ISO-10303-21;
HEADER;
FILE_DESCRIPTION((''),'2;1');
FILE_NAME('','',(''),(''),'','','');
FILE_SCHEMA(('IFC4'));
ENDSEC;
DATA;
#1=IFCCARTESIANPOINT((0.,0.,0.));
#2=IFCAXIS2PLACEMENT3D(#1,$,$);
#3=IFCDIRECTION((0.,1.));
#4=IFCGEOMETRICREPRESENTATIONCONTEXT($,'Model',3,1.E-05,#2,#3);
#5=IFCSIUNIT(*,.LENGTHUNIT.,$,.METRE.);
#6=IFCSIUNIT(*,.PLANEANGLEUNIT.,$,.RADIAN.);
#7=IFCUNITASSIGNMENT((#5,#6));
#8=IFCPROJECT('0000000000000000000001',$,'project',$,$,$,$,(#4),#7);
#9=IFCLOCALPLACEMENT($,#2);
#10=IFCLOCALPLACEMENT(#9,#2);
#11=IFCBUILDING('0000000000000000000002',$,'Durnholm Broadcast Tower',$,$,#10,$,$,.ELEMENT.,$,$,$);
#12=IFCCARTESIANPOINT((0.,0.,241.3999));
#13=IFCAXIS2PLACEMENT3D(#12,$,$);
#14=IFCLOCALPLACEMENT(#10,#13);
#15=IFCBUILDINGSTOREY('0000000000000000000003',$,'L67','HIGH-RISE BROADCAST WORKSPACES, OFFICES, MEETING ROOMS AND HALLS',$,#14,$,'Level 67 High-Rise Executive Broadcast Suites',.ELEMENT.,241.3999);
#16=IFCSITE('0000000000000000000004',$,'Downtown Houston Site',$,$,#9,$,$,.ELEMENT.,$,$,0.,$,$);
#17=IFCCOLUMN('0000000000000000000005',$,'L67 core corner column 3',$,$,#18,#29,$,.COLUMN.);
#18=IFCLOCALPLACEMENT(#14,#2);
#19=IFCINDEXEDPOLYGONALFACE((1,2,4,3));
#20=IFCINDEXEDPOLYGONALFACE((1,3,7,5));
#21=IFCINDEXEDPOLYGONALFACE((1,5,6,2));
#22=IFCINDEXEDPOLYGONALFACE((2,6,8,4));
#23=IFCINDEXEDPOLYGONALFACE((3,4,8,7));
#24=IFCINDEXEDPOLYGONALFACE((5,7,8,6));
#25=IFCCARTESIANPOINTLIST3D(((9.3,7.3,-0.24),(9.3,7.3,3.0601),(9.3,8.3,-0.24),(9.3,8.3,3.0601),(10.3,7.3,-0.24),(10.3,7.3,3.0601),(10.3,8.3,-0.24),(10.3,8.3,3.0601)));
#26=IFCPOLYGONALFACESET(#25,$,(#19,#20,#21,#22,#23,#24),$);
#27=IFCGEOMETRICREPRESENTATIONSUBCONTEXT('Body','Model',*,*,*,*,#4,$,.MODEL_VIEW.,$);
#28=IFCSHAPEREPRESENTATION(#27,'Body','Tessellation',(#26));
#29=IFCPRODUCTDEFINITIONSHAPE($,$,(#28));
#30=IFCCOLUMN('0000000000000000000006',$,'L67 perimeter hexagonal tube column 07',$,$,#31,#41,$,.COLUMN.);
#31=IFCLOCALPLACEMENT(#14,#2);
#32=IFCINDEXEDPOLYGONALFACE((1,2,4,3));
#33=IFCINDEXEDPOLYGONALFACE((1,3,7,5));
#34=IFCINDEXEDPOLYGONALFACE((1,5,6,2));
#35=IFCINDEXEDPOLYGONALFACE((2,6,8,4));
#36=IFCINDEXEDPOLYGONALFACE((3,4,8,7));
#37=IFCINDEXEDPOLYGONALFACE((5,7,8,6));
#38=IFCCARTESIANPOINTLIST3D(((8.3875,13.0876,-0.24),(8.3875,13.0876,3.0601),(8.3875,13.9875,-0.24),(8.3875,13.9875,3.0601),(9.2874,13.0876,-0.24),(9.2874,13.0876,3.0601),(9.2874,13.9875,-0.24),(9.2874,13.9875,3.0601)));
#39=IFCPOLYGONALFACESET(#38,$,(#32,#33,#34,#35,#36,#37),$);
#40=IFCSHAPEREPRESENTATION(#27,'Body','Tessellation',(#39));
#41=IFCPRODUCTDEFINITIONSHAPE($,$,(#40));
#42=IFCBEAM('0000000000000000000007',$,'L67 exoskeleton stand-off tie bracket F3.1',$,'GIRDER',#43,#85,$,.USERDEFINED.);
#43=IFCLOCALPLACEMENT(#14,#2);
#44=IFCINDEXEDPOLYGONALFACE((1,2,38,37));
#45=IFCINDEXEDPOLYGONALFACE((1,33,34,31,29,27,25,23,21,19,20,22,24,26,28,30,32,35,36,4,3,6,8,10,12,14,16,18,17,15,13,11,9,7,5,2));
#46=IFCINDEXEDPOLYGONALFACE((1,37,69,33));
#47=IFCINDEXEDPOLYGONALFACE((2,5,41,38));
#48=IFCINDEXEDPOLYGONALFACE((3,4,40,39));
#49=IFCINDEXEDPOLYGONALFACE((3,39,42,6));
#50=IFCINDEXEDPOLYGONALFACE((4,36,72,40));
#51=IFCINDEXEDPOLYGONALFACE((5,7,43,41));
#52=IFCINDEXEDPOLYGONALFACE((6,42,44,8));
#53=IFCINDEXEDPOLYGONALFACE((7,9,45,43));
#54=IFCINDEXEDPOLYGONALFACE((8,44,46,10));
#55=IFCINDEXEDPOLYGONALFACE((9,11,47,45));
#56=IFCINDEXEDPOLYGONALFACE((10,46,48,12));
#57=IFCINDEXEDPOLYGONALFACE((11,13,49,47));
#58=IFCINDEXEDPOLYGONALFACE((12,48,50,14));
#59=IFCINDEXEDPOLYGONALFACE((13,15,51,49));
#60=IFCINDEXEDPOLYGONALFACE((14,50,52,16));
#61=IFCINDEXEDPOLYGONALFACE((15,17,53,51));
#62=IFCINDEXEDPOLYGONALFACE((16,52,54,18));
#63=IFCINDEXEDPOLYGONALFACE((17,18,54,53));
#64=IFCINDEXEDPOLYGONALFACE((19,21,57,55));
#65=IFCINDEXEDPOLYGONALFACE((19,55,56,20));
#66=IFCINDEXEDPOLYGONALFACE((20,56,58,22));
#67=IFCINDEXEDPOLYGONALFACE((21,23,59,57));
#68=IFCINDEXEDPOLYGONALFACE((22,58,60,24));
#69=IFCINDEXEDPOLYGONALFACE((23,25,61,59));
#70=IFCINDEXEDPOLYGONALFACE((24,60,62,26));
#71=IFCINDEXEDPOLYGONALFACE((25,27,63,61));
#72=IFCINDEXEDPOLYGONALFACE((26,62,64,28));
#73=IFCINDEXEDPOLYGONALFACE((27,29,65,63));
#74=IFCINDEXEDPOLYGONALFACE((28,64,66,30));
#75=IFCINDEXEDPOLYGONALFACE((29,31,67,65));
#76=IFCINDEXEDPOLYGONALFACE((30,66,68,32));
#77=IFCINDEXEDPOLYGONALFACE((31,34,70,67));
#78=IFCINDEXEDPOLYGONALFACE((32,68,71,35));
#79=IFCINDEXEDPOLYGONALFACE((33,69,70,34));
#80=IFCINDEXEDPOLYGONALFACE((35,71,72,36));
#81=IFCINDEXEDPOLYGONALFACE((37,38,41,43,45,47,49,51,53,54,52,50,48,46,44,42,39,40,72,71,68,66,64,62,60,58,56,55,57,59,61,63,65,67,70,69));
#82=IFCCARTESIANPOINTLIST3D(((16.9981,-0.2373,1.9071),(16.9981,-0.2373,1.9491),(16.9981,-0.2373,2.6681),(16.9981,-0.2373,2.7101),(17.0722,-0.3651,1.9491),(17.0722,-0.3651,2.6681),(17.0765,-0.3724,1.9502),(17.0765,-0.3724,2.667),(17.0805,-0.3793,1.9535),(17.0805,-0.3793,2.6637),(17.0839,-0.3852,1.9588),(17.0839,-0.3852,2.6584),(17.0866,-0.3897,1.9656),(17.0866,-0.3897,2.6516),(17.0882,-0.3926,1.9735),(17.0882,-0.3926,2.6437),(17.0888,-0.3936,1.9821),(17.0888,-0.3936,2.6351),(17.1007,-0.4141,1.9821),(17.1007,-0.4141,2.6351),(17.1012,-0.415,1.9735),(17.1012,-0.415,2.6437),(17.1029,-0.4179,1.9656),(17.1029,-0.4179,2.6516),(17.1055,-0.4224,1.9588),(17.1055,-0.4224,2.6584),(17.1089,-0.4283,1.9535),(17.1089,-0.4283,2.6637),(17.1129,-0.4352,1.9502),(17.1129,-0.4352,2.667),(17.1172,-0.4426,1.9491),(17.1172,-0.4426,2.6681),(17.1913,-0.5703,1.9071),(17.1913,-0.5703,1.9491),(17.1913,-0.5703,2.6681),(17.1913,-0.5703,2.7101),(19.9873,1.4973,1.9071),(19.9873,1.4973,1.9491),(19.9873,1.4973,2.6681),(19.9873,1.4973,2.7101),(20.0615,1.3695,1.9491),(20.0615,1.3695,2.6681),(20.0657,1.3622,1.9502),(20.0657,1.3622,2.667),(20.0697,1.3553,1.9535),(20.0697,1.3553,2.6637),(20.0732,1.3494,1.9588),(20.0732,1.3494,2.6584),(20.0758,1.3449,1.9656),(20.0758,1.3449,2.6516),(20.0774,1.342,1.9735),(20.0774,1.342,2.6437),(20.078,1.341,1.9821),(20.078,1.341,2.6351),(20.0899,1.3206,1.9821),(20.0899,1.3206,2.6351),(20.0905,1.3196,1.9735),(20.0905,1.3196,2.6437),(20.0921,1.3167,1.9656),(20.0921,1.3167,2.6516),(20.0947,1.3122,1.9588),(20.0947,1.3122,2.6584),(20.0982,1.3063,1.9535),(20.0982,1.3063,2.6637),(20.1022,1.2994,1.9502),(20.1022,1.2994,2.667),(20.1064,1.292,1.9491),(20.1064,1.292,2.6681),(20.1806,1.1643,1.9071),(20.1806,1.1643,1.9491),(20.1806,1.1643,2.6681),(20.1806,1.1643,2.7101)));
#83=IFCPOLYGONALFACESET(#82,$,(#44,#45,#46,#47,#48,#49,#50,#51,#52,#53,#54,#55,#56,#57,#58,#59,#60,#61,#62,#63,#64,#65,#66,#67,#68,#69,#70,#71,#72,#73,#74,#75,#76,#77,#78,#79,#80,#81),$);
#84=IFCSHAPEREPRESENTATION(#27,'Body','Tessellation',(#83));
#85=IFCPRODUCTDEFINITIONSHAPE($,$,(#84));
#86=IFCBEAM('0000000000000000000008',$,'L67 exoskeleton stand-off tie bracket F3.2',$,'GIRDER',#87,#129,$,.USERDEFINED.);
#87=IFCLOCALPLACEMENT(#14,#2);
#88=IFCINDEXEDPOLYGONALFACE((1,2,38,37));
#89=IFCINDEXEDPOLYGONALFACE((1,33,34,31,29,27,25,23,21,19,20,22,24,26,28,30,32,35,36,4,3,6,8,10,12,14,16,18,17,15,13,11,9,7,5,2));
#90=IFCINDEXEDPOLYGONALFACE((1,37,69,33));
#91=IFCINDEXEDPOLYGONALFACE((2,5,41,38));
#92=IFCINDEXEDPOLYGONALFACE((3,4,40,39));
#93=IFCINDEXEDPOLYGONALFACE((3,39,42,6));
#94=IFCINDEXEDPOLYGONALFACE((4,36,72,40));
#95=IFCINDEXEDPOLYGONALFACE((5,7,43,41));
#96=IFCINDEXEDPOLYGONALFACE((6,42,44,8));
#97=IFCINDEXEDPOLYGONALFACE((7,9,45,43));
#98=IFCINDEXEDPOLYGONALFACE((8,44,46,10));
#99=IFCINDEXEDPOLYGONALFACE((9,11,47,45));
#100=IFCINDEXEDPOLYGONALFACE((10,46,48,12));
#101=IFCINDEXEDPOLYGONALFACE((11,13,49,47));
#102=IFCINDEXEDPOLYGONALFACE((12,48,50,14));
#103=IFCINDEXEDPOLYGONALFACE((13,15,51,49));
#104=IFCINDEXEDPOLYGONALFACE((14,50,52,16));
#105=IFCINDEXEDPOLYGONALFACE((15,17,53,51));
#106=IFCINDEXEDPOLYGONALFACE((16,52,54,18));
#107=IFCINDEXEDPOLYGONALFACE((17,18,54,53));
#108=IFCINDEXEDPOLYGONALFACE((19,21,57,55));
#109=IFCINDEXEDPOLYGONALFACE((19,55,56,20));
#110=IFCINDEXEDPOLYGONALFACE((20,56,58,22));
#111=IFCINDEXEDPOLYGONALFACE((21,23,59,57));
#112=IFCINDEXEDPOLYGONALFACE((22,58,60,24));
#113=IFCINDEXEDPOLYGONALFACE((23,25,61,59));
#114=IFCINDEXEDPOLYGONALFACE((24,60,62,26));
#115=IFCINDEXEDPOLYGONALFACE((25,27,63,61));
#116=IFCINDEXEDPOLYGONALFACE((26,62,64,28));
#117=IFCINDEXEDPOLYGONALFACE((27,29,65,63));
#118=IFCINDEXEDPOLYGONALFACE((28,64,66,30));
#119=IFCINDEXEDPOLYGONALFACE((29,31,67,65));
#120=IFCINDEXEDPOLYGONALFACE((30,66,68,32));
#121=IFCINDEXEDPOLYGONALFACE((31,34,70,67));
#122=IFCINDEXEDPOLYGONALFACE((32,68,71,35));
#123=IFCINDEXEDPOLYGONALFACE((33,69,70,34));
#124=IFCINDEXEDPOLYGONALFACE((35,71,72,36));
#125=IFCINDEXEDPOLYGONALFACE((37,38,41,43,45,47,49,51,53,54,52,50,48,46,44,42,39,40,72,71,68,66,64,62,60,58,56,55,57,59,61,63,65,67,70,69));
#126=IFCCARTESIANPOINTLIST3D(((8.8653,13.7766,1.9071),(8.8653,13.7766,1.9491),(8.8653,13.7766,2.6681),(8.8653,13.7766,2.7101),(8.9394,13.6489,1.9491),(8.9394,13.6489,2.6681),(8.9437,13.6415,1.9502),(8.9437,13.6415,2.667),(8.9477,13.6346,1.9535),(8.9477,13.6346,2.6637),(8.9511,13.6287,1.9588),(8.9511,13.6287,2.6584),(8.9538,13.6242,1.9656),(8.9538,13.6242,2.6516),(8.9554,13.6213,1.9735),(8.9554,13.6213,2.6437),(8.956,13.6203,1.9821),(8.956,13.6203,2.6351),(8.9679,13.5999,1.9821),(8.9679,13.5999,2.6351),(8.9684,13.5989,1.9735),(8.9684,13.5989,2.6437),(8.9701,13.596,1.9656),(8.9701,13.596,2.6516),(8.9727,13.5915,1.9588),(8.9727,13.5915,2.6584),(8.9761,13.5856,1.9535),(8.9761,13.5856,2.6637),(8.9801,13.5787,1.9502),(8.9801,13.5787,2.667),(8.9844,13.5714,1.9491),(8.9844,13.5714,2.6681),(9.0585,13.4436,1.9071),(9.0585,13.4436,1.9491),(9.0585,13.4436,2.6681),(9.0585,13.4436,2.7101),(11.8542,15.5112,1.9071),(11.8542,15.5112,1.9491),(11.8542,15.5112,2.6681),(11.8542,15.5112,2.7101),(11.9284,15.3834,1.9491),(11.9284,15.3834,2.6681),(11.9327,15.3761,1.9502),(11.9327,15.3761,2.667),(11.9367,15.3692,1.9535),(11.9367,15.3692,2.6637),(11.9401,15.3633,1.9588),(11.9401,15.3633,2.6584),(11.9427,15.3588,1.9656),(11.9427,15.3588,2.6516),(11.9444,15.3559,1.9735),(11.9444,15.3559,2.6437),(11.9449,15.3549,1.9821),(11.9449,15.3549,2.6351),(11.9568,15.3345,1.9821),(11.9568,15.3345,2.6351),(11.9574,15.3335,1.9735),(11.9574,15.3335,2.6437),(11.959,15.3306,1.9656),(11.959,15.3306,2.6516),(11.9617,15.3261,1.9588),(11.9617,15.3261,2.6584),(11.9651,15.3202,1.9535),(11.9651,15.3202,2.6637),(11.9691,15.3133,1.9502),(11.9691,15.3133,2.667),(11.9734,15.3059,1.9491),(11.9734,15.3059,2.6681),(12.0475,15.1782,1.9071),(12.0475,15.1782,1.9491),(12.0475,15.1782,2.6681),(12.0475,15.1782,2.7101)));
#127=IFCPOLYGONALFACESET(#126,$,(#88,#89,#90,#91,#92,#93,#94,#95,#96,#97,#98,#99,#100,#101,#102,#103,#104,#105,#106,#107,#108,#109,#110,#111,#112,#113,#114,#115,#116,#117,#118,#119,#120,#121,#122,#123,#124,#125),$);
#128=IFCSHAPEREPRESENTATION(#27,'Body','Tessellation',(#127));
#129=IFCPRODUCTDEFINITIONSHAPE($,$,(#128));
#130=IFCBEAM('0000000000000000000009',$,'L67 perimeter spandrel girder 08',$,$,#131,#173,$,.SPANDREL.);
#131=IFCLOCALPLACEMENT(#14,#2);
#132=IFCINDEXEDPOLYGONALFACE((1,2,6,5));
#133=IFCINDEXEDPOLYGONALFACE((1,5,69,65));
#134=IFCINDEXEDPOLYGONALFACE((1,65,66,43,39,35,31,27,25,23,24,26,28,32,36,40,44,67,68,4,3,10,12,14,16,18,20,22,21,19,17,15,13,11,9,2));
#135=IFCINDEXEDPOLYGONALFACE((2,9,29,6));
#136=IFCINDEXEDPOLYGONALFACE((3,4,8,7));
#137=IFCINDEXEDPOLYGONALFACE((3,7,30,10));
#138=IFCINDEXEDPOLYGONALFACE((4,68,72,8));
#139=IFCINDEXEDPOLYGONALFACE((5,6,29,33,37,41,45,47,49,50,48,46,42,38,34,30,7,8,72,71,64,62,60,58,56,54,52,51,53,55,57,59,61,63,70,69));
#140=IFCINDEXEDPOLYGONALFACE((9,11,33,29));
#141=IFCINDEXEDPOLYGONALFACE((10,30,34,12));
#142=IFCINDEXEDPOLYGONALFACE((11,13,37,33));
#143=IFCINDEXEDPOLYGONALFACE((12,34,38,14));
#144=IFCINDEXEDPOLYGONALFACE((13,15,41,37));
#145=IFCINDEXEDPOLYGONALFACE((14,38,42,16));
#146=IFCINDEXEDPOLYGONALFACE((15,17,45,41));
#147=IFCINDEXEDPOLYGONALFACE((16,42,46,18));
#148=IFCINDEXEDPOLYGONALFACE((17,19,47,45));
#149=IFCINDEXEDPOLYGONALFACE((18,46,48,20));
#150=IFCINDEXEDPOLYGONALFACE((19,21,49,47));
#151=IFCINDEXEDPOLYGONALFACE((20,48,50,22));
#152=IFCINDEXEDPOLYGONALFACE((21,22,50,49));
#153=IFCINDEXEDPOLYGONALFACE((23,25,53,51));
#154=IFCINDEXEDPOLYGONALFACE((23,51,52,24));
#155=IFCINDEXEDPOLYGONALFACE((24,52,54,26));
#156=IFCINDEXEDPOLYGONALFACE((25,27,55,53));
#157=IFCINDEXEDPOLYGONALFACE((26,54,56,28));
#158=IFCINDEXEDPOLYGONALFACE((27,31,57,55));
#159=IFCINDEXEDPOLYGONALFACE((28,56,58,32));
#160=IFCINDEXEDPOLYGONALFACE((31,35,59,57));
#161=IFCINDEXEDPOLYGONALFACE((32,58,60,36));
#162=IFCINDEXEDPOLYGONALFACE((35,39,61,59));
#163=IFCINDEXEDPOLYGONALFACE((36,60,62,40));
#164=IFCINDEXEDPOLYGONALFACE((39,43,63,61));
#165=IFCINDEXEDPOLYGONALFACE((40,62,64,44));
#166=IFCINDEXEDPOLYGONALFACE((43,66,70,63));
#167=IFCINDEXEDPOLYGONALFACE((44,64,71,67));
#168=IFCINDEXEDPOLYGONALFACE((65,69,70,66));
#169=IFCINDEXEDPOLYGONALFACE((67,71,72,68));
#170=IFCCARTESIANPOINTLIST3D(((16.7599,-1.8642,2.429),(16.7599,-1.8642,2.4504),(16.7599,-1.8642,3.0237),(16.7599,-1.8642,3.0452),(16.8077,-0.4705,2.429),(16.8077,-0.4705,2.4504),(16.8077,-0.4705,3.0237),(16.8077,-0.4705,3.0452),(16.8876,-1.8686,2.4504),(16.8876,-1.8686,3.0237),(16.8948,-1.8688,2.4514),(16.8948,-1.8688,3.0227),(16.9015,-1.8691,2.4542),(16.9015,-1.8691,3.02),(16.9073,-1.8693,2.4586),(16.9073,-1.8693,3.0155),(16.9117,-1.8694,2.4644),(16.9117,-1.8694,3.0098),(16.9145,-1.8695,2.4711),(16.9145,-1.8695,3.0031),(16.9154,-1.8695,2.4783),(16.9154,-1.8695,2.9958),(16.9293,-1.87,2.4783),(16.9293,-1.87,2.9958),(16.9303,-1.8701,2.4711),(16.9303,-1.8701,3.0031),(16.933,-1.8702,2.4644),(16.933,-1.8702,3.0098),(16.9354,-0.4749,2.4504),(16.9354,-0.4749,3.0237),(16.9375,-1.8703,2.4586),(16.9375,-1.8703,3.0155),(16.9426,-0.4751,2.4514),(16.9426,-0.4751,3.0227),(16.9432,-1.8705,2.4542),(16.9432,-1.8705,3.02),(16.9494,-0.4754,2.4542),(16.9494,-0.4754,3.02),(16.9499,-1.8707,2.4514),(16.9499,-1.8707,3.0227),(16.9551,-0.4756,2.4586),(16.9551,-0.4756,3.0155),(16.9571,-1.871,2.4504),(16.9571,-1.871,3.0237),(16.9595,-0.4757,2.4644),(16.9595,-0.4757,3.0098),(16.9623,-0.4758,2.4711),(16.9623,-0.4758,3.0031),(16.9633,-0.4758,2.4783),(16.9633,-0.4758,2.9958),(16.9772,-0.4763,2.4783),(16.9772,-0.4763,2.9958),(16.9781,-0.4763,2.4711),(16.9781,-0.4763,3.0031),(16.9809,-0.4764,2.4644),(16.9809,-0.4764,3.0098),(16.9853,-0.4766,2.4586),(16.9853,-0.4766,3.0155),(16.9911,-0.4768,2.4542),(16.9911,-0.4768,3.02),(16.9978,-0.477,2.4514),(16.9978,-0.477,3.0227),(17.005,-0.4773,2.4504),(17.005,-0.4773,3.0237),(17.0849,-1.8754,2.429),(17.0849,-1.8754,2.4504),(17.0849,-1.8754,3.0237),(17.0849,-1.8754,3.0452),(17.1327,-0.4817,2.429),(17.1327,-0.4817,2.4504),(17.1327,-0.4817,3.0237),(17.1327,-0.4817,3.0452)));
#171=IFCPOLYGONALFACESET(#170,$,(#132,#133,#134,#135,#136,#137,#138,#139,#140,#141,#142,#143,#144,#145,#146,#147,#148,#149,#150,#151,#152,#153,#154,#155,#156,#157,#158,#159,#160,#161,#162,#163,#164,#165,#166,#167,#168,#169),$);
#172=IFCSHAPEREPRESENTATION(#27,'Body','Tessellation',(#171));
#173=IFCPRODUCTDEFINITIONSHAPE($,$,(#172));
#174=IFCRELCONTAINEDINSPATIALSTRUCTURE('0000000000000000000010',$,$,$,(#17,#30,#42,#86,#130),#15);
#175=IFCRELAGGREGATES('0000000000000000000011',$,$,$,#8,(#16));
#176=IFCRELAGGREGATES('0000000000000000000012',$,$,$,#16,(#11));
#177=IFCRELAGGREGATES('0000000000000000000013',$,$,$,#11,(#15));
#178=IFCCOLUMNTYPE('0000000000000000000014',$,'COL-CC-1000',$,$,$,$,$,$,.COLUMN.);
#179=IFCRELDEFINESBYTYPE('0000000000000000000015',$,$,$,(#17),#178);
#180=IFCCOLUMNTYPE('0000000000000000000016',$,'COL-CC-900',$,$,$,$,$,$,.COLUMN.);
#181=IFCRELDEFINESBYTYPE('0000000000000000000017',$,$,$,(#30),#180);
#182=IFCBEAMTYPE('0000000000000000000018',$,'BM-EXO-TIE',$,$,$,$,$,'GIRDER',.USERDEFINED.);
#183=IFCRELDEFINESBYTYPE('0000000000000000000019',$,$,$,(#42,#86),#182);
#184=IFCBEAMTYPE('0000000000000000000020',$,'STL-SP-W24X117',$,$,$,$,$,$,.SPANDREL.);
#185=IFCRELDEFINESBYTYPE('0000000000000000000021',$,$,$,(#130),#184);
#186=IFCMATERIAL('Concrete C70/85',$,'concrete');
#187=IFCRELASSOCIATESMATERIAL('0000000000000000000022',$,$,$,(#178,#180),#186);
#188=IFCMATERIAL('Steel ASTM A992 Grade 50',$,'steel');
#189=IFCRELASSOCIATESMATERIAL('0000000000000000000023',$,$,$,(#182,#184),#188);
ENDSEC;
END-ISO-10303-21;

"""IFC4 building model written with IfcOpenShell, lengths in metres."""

from ifc_helpers import new_model, si_unit, direction, frame, origin, origin_2d, place, context, subcontext, project, spatial, rectangle, i_section, extrude, source, transform, mapped, material, material_profile, profile_set, type_object, type_shapes, element, save


model = new_model("IFC4")

# Units and contexts
model_context = context("Model", 3, precision=1e-05, world=origin(), true_north=direction((0.0, 1.0)))
body_context = subcontext(model_context, "Body", "Model", "MODEL_VIEW")
ifc_project = project(units=[si_unit("LENGTHUNIT", "METRE"), si_unit("PLANEANGLEUNIT", "RADIAN")], contexts=[model_context])

# Site, building, storey
site_placement = place(None, origin())
site = spatial("IfcSite", under=ifc_project, at=site_placement, Name="Downtown Houston Site", CompositionType="ELEMENT", RefElevation=0.0)
building_placement = place(site_placement, origin())
building = spatial("IfcBuilding", under=site, at=building_placement, Name="Durnholm Broadcast Tower", CompositionType="ELEMENT")
storey_placement = place(building_placement, frame((0.0, 0.0, 241.3999)))
storey = spatial("IfcBuildingStorey", under=building, at=storey_placement, Name="L67", Description="HIGH-RISE BROADCAST WORKSPACES, OFFICES, MEETING ROOMS AND HALLS", LongName="Level 67 High-Rise Executive Broadcast Suites", CompositionType="ELEMENT", Elevation=241.3999)

# Columns
ifc_material_1 = material(Name="Concrete C70/85", Category="concrete")
ifc_material_profile_1 = material_profile(ifc_material_1, rectangle(XDim=1.0, YDim=1.0, at=origin_2d()), Name="RC1000X1000")
ifc_profile_set_1 = profile_set([ifc_material_profile_1], Name="Concrete C70/85")
column_type_1 = type_object("IfcColumnType", Name="COL-CC-1000", PredefinedType="COLUMN", material=ifc_profile_set_1)
shared_shape_1 = source(origin(), body_context, "Body", "SweptSolid", [
    extrude(rectangle(XDim=1.0, YDim=1.0, at=origin_2d()), origin(), (0.0, 0.0, 1.0), 3.3),
])
type_shapes(column_type_1, [shared_shape_1])
column_1_placement = place(storey_placement, frame((9.8, 7.8, -0.24), z_axis=(0.0, 0.0, 1.0), x_axis=(1.0, 0.0, 0.0)))
element("IfcColumn", 1, at=column_1_placement, inside=storey, type_object=column_type_1, Name="L67 core corner column 3", PredefinedType="COLUMN", context=body_context, shape_type="MappedRepresentation", body=[
    mapped(shared_shape_1, transform((0.0, 0.0, 0.0), x_axis=(1.0, 0.0, 0.0), y_axis=(0.0, 1.0, 0.0), z_axis=(0.0, 0.0, 1.0), scale=1.0)),
])
ifc_material_profile_2 = material_profile(ifc_material_1, rectangle(XDim=0.8999, YDim=0.8999, at=origin_2d()), Name="RC900X900")
ifc_profile_set_2 = profile_set([ifc_material_profile_2], Name="Concrete C70/85")
column_type_2 = type_object("IfcColumnType", Name="COL-CC-900", PredefinedType="COLUMN", material=ifc_profile_set_2)
shared_shape_2 = source(origin(), body_context, "Body", "SweptSolid", [
    extrude(rectangle(XDim=0.8999, YDim=0.8999, at=origin_2d()), origin(), (0.0, 0.0, 1.0), 3.3),
])
type_shapes(column_type_2, [shared_shape_2])
column_2_placement = place(storey_placement, frame((8.8374, 13.5376, -0.24), z_axis=(0.0, 0.0, 1.0), x_axis=(1.0, 0.0, 0.0)))
element("IfcColumn", 2, at=column_2_placement, inside=storey, type_object=column_type_2, Name="L67 perimeter hexagonal tube column 07", PredefinedType="COLUMN", context=body_context, shape_type="MappedRepresentation", body=[
    mapped(shared_shape_2, transform((0.0, 0.0, 0.0), x_axis=(1.0, 0.0, 0.0), y_axis=(0.0, 1.0, 0.0), z_axis=(0.0, 0.0, 1.0), scale=1.0)),
])

# Beams
ifc_material_2 = material(Name="Steel ASTM A992 Grade 50", Category="steel")
ifc_material_profile_3 = material_profile(ifc_material_2, i_section(OverallWidth=0.385, OverallDepth=0.803, WebThickness=0.0237, FlangeThickness=0.042, FilletRadius=0.033, at=origin_2d()), Name="W30X261")
ifc_profile_set_3 = profile_set([ifc_material_profile_3], Name="Steel ASTM A992 Grade 50")
beam_type_1 = type_object("IfcBeamType", Name="BM-EXO-TIE", ElementType="GIRDER", PredefinedType="USERDEFINED", material=ifc_profile_set_3)
shared_shape_3 = source(origin(), body_context, "Body", "SweptSolid", [
    extrude(i_section(OverallWidth=0.385, OverallDepth=0.803, WebThickness=0.0237, FlangeThickness=0.042, FilletRadius=0.033, at=origin_2d()), origin(), (0.0, 0.0, 1.0), 3.4561),
])
beam_1_placement = place(storey_placement, frame((17.0947, -0.4038, 2.3086), z_axis=(0.864924, 0.501902, 0.0), x_axis=(-0.501902, 0.864924, 0.0)))
element("IfcBeam", 3, at=beam_1_placement, inside=storey, type_object=beam_type_1, Name="L67 exoskeleton stand-off tie bracket F3.1", ObjectType="GIRDER", PredefinedType="USERDEFINED", context=body_context, shape_type="MappedRepresentation", body=[
    mapped(shared_shape_3, transform((0.0, 0.0, 0.0), x_axis=(1.0, 0.0, 0.0), y_axis=(0.0, 1.0, 0.0), z_axis=(0.0, 0.0, 1.0), scale=1.0)),
])
shared_shape_4 = source(origin(), body_context, "Body", "SweptSolid", [
    extrude(i_section(OverallWidth=0.385, OverallDepth=0.803, WebThickness=0.0237, FlangeThickness=0.042, FilletRadius=0.033, at=origin_2d()), origin(), (0.0, 0.0, 1.0), 3.4558),
])
beam_2_placement = place(storey_placement, frame((8.9619, 13.6101, 2.3086), z_axis=(0.864907, 0.501933, 0.0), x_axis=(-0.501933, 0.864907, 0.0)))
element("IfcBeam", 4, at=beam_2_placement, inside=storey, type_object=beam_type_1, Name="L67 exoskeleton stand-off tie bracket F3.2", ObjectType="GIRDER", PredefinedType="USERDEFINED", context=body_context, shape_type="MappedRepresentation", body=[
    mapped(shared_shape_4, transform((0.0, 0.0, 0.0), x_axis=(1.0, 0.0, 0.0), y_axis=(0.0, 1.0, 0.0), z_axis=(0.0, 0.0, 1.0), scale=1.0)),
])
ifc_material_profile_4 = material_profile(ifc_material_2, i_section(OverallWidth=0.3252, OverallDepth=0.6162, WebThickness=0.0139, FlangeThickness=0.0215, FilletRadius=0.0278, at=origin_2d()), Name="W24X117")
ifc_profile_set_4 = profile_set([ifc_material_profile_4], Name="Steel ASTM A992 Grade 50")
beam_type_2 = type_object("IfcBeamType", Name="STL-SP-W24X117", PredefinedType="SPANDREL", material=ifc_profile_set_4)
shared_shape_5 = source(origin(), body_context, "Body", "SweptSolid", [
    extrude(i_section(OverallWidth=0.3252, OverallDepth=0.6162, WebThickness=0.0139, FlangeThickness=0.0215, FilletRadius=0.0278, at=origin_2d()), origin(), (0.0, 0.0, 1.0), 1.3945),
])
beam_3_placement = place(storey_placement, frame((16.9702, -0.4761, 2.7371), z_axis=(-0.034312, -0.999411, 0.0), x_axis=(0.999411, -0.034312, 0.0)))
element("IfcBeam", 5, at=beam_3_placement, inside=storey, type_object=beam_type_2, Name="L67 perimeter spandrel girder 08", PredefinedType="SPANDREL", context=body_context, shape_type="MappedRepresentation", body=[
    mapped(shared_shape_5, transform((0.0, 0.0, 0.0), x_axis=(1.0, 0.0, 0.0), y_axis=(0.0, 1.0, 0.0), z_axis=(0.0, 0.0, 1.0), scale=1.0)),
])

save(model, "model.ifc")
